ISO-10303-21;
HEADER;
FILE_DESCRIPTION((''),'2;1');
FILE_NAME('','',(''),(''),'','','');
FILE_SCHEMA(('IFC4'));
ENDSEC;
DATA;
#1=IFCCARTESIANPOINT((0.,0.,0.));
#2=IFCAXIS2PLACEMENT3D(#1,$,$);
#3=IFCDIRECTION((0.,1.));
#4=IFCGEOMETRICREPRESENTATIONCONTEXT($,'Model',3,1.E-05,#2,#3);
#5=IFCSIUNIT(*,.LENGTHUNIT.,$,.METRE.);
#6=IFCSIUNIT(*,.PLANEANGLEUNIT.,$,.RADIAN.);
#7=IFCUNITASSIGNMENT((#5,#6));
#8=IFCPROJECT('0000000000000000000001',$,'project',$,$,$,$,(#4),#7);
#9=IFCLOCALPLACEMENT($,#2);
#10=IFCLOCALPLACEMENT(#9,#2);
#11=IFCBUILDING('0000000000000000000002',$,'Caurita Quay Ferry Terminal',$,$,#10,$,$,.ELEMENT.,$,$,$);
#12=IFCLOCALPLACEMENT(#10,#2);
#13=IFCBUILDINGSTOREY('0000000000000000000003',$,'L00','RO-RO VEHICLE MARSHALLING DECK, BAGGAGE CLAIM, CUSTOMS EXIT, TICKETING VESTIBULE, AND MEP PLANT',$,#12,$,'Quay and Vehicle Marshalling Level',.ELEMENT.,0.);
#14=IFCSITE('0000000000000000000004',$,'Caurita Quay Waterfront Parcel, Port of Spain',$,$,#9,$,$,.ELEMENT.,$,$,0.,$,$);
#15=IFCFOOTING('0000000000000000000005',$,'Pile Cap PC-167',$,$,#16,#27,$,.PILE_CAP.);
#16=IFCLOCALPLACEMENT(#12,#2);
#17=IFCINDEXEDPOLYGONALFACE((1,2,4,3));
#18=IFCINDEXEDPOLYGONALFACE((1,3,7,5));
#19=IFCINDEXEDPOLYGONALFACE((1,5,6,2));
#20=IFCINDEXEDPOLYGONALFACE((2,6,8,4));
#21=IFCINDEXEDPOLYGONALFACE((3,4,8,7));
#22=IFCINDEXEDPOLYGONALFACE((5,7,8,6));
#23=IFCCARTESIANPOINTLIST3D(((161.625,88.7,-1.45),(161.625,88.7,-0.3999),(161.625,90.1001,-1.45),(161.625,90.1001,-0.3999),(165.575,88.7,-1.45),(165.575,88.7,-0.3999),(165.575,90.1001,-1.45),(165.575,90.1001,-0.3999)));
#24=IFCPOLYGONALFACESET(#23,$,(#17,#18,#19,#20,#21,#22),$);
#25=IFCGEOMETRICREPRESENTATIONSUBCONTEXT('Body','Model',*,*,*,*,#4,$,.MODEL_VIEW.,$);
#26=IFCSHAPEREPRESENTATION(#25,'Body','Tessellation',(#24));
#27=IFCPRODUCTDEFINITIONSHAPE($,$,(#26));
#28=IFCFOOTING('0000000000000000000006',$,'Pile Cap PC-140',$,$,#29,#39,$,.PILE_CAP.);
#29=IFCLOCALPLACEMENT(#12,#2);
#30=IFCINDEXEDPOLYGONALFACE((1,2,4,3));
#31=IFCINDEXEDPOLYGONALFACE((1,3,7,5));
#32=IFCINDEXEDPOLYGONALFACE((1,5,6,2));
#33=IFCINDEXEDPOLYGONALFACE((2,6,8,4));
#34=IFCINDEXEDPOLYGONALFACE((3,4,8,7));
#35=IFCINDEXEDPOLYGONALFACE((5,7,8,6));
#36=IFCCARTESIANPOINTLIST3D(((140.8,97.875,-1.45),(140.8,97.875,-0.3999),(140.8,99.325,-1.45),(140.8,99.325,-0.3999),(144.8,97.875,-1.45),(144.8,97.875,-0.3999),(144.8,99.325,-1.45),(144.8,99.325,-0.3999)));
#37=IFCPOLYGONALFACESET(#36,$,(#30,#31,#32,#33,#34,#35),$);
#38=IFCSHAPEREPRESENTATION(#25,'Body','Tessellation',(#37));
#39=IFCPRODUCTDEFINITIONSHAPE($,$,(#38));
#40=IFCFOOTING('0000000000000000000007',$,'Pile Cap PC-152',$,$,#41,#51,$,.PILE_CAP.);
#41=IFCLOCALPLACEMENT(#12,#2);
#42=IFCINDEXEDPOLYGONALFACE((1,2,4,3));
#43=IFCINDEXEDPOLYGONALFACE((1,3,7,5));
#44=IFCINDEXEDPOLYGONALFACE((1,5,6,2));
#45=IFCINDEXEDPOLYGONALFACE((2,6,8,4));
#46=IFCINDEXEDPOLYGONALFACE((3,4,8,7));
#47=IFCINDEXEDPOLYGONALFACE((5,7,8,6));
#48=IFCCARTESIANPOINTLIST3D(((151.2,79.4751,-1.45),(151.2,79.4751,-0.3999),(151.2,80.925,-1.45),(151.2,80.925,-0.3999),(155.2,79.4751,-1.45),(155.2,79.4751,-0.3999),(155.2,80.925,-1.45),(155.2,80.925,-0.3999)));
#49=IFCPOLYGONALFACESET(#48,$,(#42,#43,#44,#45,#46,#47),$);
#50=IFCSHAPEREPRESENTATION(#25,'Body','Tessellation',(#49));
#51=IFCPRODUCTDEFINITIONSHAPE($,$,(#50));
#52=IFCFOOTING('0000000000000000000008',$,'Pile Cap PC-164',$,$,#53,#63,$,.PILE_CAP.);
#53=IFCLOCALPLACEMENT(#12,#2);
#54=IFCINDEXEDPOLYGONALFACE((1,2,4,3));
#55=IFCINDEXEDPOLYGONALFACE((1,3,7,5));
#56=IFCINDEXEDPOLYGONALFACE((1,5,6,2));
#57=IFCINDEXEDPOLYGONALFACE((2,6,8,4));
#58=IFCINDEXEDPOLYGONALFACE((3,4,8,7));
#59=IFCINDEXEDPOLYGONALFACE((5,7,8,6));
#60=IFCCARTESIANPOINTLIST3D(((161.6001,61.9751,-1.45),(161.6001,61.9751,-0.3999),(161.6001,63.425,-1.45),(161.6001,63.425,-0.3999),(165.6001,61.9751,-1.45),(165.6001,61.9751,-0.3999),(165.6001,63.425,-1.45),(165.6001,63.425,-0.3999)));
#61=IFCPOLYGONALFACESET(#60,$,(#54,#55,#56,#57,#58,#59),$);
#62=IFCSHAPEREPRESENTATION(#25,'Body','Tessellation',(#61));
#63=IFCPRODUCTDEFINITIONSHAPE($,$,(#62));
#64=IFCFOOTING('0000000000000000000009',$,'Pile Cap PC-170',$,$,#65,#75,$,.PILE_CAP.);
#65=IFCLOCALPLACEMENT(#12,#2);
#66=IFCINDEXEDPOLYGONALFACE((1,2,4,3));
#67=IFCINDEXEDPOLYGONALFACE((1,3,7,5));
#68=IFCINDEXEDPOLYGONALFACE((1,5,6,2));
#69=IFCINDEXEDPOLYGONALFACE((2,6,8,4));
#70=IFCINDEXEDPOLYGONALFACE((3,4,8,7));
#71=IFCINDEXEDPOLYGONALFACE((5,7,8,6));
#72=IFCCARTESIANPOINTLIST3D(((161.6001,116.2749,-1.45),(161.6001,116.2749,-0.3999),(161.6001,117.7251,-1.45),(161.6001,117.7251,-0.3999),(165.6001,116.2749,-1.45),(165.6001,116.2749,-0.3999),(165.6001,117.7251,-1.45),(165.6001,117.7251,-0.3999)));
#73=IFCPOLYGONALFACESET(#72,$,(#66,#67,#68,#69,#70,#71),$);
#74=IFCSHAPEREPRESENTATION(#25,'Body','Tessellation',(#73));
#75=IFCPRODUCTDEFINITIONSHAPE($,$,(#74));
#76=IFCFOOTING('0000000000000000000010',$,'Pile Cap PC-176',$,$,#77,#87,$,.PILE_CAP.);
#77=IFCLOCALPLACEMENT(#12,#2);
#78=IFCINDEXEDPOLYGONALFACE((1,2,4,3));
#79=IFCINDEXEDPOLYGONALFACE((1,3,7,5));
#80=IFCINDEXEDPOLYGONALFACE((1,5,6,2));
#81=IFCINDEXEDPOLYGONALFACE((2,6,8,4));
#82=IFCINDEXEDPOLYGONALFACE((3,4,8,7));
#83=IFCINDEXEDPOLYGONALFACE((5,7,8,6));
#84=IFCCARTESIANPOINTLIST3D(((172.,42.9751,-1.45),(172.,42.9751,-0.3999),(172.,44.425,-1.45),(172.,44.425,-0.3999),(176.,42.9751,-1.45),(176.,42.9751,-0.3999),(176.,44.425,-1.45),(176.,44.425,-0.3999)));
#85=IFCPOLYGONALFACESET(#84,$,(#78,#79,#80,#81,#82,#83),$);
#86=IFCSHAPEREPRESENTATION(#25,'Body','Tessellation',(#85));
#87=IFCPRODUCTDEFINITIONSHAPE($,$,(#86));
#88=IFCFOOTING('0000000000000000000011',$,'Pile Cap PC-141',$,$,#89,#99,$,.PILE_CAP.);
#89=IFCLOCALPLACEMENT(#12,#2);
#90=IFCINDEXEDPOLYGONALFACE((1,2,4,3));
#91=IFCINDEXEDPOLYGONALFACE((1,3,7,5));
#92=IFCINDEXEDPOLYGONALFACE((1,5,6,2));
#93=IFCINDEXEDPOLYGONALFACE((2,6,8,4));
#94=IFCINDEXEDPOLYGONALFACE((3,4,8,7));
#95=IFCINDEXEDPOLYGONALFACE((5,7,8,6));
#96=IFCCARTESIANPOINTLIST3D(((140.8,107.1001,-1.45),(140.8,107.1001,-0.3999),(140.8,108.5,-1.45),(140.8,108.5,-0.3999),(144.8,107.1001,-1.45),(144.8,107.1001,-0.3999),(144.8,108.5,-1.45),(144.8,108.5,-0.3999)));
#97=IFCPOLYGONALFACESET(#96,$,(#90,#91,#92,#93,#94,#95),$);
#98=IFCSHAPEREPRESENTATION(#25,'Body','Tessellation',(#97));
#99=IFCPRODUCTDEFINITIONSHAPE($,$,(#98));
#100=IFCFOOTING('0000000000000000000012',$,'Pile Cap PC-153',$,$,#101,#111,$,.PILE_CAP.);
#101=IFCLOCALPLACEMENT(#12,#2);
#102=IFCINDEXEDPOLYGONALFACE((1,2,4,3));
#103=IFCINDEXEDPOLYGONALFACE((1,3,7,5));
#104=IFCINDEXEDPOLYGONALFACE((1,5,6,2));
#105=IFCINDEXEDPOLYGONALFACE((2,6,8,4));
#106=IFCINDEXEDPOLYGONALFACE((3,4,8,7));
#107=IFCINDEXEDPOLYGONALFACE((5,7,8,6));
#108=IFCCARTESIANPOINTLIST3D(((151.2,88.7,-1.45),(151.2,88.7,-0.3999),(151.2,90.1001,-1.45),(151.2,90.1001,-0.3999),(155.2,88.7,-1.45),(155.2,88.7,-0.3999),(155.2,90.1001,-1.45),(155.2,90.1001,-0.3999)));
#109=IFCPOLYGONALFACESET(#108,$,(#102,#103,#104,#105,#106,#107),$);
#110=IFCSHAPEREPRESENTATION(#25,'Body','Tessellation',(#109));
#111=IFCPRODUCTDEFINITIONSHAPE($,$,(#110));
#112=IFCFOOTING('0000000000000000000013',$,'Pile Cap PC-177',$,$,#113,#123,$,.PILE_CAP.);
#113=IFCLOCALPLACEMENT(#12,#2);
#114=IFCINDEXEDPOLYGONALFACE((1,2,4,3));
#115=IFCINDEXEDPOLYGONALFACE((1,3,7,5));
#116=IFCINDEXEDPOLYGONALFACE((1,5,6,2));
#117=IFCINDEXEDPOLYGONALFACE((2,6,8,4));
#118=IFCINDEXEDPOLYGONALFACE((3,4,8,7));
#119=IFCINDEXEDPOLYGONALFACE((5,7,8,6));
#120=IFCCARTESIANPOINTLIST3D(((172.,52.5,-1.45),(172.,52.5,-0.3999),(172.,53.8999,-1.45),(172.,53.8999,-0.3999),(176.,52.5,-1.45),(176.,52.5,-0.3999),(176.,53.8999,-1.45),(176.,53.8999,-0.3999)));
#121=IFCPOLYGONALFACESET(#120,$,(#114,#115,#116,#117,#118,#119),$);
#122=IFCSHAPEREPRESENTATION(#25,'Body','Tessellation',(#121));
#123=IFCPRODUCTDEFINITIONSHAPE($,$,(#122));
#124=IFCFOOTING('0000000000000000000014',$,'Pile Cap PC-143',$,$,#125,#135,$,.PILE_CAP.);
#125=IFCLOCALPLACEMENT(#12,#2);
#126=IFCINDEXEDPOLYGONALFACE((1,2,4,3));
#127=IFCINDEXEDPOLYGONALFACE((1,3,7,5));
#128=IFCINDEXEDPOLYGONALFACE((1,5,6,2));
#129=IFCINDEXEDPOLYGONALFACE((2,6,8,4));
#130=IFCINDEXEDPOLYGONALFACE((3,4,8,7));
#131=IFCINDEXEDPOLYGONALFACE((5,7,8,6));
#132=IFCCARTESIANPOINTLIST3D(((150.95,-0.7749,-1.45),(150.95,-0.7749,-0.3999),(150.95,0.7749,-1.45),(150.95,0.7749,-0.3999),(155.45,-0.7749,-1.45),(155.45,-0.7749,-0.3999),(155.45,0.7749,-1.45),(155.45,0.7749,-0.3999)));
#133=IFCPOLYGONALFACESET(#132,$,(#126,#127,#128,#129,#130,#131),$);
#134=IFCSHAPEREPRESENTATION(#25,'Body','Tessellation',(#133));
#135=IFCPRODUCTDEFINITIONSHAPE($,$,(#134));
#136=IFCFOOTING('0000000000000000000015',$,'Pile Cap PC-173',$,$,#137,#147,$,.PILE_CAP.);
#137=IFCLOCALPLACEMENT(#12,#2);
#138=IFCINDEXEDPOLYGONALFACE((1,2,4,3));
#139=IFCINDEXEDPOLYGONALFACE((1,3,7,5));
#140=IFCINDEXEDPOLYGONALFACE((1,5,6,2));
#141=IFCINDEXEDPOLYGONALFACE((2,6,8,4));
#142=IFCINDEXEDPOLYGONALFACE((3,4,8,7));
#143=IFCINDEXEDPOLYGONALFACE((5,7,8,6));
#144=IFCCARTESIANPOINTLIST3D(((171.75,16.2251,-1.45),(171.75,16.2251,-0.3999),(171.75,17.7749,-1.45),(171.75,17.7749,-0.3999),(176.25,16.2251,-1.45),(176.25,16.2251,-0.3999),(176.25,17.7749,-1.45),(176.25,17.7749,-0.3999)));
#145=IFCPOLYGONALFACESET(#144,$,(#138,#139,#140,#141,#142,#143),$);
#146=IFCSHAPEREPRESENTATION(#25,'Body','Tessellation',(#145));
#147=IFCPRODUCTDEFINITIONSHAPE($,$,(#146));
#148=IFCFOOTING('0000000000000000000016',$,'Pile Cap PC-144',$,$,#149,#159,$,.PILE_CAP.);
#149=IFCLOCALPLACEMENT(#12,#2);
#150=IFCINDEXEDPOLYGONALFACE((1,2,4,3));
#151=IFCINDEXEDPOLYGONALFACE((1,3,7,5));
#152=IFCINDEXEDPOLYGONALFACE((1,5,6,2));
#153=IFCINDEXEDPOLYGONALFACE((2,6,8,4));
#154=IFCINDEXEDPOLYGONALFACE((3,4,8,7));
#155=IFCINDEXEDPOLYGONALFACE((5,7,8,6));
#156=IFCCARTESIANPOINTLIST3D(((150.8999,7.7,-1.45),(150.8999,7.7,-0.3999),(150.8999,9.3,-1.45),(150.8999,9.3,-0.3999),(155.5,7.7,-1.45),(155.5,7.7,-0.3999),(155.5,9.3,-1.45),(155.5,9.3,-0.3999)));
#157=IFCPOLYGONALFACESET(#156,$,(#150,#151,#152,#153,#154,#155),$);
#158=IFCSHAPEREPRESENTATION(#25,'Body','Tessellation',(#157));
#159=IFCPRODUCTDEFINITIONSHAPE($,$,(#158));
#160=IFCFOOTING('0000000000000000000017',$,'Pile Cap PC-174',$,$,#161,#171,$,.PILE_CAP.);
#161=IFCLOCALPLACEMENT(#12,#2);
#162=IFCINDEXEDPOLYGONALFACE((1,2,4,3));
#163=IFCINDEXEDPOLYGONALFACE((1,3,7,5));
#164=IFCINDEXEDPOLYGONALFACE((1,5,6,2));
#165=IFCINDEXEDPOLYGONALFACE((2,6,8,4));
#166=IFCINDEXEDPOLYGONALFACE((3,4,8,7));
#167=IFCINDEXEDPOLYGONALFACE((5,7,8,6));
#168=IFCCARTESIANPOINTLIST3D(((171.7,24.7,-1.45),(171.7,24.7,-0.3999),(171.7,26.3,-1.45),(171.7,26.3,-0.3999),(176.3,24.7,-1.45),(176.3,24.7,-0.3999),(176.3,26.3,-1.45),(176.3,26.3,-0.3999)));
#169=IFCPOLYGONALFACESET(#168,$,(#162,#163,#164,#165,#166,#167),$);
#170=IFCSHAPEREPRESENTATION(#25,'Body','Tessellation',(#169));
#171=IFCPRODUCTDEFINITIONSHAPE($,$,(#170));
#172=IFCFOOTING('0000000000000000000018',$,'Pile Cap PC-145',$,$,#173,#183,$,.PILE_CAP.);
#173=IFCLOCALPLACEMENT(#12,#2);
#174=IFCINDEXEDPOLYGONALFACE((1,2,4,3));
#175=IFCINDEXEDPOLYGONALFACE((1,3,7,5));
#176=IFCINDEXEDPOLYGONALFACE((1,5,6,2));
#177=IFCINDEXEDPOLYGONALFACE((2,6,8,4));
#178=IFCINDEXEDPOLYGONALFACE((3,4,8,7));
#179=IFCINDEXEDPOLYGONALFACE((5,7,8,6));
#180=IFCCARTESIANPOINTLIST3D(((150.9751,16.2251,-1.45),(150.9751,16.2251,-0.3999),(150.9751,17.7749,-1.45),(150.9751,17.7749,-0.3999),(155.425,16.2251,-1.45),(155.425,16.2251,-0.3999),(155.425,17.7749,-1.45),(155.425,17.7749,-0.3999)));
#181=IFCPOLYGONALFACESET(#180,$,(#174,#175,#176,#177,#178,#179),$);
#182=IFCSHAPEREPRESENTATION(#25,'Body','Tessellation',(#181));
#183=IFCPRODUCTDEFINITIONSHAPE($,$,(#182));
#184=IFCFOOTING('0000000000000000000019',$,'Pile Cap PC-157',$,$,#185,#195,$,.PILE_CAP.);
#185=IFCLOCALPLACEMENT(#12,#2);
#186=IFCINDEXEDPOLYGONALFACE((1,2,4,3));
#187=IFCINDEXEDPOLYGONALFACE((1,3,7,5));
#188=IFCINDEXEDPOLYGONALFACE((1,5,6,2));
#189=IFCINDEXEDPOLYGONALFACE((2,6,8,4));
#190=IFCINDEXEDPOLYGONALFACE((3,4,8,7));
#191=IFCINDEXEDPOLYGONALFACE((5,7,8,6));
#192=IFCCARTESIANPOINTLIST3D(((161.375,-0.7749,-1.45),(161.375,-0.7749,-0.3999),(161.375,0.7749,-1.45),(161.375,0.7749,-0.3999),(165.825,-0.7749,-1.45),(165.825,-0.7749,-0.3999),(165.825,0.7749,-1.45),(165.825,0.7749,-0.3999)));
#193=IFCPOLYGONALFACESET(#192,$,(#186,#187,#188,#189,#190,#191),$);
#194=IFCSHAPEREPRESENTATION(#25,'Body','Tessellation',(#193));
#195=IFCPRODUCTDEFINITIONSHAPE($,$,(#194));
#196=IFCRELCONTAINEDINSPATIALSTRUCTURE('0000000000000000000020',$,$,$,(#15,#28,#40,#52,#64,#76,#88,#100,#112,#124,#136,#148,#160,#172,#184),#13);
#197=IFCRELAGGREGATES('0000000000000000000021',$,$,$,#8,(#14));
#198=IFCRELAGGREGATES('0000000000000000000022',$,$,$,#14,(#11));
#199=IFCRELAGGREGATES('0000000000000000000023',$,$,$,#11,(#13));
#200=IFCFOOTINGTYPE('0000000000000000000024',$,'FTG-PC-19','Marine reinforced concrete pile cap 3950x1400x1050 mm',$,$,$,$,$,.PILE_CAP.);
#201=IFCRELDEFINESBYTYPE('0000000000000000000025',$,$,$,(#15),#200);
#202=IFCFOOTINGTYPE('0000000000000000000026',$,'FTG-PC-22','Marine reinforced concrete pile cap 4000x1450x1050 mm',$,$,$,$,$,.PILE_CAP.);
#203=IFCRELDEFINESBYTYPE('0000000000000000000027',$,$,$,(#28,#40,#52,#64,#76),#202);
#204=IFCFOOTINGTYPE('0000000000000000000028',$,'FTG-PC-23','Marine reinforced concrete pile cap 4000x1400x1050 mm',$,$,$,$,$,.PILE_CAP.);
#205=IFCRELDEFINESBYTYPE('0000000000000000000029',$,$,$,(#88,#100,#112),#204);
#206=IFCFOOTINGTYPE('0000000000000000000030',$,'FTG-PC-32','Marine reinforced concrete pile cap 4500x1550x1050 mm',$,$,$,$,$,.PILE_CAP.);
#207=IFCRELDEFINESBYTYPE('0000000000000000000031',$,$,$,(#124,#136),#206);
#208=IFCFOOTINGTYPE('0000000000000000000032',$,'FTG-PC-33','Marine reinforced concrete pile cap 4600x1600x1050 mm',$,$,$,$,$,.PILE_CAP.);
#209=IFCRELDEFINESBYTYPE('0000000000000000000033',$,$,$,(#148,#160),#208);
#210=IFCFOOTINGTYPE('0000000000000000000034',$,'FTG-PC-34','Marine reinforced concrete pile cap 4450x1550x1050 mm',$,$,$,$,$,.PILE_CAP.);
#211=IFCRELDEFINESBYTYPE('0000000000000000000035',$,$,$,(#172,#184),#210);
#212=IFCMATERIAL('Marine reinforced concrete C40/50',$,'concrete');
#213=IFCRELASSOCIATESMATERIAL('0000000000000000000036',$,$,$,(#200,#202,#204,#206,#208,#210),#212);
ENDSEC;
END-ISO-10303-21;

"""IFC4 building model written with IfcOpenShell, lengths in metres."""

from ifc_helpers import new_model, si_unit, direction, frame, origin, place, context, subcontext, project, spatial, polyline, outline, extrude, material, type_object, element, save


model = new_model("IFC4")

# Units and contexts
model_context = context("Model", 3, precision=1e-05, world=origin(), true_north=direction((0.0, 1.0)))
body_context = subcontext(model_context, "Body", "Model", "MODEL_VIEW")
ifc_project = project(units=[si_unit("LENGTHUNIT", "METRE"), si_unit("PLANEANGLEUNIT", "RADIAN")], contexts=[model_context])

# Site, building, storey
site_placement = place(None, origin())
site = spatial("IfcSite", under=ifc_project, at=site_placement, Name="Caurita Quay Waterfront Parcel, Port of Spain", CompositionType="ELEMENT", RefElevation=0.0)
building_placement = place(site_placement, origin())
building = spatial("IfcBuilding", under=site, at=building_placement, Name="Caurita Quay Ferry Terminal", CompositionType="ELEMENT")
storey_placement = place(building_placement, origin())
storey = spatial("IfcBuildingStorey", under=building, at=storey_placement, Name="L00", Description="RO-RO VEHICLE MARSHALLING DECK, BAGGAGE CLAIM, CUSTOMS EXIT, TICKETING VESTIBULE, AND MEP PLANT", LongName="Quay and Vehicle Marshalling Level", CompositionType="ELEMENT", Elevation=0.0)

# Footings
ifc_material = material(Name="Marine reinforced concrete C40/50", Category="concrete")
footing_type_1 = type_object("IfcFootingType", Name="FTG-PC-19", Description="Marine reinforced concrete pile cap 3950x1400x1050 mm", PredefinedType="PILE_CAP", material=ifc_material)
footing_1_placement = place(storey_placement, frame((0.0, 0.0, -1.45)))
element("IfcFooting", 1, at=footing_1_placement, inside=storey, type_object=footing_type_1, Name="Pile Cap PC-167", PredefinedType="PILE_CAP", context=body_context, shape_type="SweptSolid", body=[
    extrude(outline(polyline([(161.625, 88.7), (165.575, 88.7), (165.575, 90.1001), (161.625, 90.1001), (161.625, 88.7)])), origin(), (0.0, 0.0, 1.0), 1.05),
])
footing_type_2 = type_object("IfcFootingType", Name="FTG-PC-22", Description="Marine reinforced concrete pile cap 4000x1450x1050 mm", PredefinedType="PILE_CAP", material=ifc_material)
footing_2_placement = place(storey_placement, frame((0.0, 0.0, -1.45)))
element("IfcFooting", 2, at=footing_2_placement, inside=storey, type_object=footing_type_2, Name="Pile Cap PC-140", PredefinedType="PILE_CAP", context=body_context, shape_type="SweptSolid", body=[
    extrude(outline(polyline([(140.8, 97.875), (144.8, 97.875), (144.8, 99.325), (140.8, 99.325), (140.8, 97.875)])), origin(), (0.0, 0.0, 1.0), 1.05),
])
footing_3_placement = place(storey_placement, frame((0.0, 0.0, -1.45)))
element("IfcFooting", 3, at=footing_3_placement, inside=storey, type_object=footing_type_2, Name="Pile Cap PC-152", PredefinedType="PILE_CAP", context=body_context, shape_type="SweptSolid", body=[
    extrude(outline(polyline([(151.2, 79.4751), (155.2, 79.4751), (155.2, 80.925), (151.2, 80.925), (151.2, 79.4751)])), origin(), (0.0, 0.0, 1.0), 1.05),
])
footing_4_placement = place(storey_placement, frame((0.0, 0.0, -1.45)))
element("IfcFooting", 4, at=footing_4_placement, inside=storey, type_object=footing_type_2, Name="Pile Cap PC-164", PredefinedType="PILE_CAP", context=body_context, shape_type="SweptSolid", body=[
    extrude(outline(polyline([(161.6001, 61.9751), (165.6001, 61.9751), (165.6001, 63.425), (161.6001, 63.425), (161.6001, 61.9751)])), origin(), (0.0, 0.0, 1.0), 1.05),
])
footing_5_placement = place(storey_placement, frame((0.0, 0.0, -1.45)))
element("IfcFooting", 5, at=footing_5_placement, inside=storey, type_object=footing_type_2, Name="Pile Cap PC-170", PredefinedType="PILE_CAP", context=body_context, shape_type="SweptSolid", body=[
    extrude(outline(polyline([(161.6001, 116.2749), (165.6001, 116.2749), (165.6001, 117.7251), (161.6001, 117.7251), (161.6001, 116.2749)])), origin(), (0.0, 0.0, 1.0), 1.05),
])
footing_6_placement = place(storey_placement, frame((0.0, 0.0, -1.45)))
element("IfcFooting", 6, at=footing_6_placement, inside=storey, type_object=footing_type_2, Name="Pile Cap PC-176", PredefinedType="PILE_CAP", context=body_context, shape_type="SweptSolid", body=[
    extrude(outline(polyline([(172.0, 42.9751), (176.0, 42.9751), (176.0, 44.425), (172.0, 44.425), (172.0, 42.9751)])), origin(), (0.0, 0.0, 1.0), 1.05),
])
footing_type_3 = type_object("IfcFootingType", Name="FTG-PC-23", Description="Marine reinforced concrete pile cap 4000x1400x1050 mm", PredefinedType="PILE_CAP", material=ifc_material)
footing_7_placement = place(storey_placement, frame((0.0, 0.0, -1.45)))
element("IfcFooting", 7, at=footing_7_placement, inside=storey, type_object=footing_type_3, Name="Pile Cap PC-141", PredefinedType="PILE_CAP", context=body_context, shape_type="SweptSolid", body=[
    extrude(outline(polyline([(140.8, 107.1001), (144.8, 107.1001), (144.8, 108.5), (140.8, 108.5), (140.8, 107.1001)])), origin(), (0.0, 0.0, 1.0), 1.05),
])
footing_8_placement = place(storey_placement, frame((0.0, 0.0, -1.45)))
element("IfcFooting", 8, at=footing_8_placement, inside=storey, type_object=footing_type_3, Name="Pile Cap PC-153", PredefinedType="PILE_CAP", context=body_context, shape_type="SweptSolid", body=[
    extrude(outline(polyline([(151.2, 88.7), (155.2, 88.7), (155.2, 90.1001), (151.2, 90.1001), (151.2, 88.7)])), origin(), (0.0, 0.0, 1.0), 1.05),
])
footing_9_placement = place(storey_placement, frame((0.0, 0.0, -1.45)))
element("IfcFooting", 9, at=footing_9_placement, inside=storey, type_object=footing_type_3, Name="Pile Cap PC-177", PredefinedType="PILE_CAP", context=body_context, shape_type="SweptSolid", body=[
    extrude(outline(polyline([(172.0, 52.5), (176.0, 52.5), (176.0, 53.8999), (172.0, 53.8999), (172.0, 52.5)])), origin(), (0.0, 0.0, 1.0), 1.05),
])
footing_type_4 = type_object("IfcFootingType", Name="FTG-PC-32", Description="Marine reinforced concrete pile cap 4500x1550x1050 mm", PredefinedType="PILE_CAP", material=ifc_material)
footing_10_placement = place(storey_placement, frame((0.0, 0.0, -1.45)))
element("IfcFooting", 10, at=footing_10_placement, inside=storey, type_object=footing_type_4, Name="Pile Cap PC-143", PredefinedType="PILE_CAP", context=body_context, shape_type="SweptSolid", body=[
    extrude(outline(polyline([(150.95, -0.7749), (155.45, -0.7749), (155.45, 0.7749), (150.95, 0.7749), (150.95, -0.7749)])), origin(), (0.0, 0.0, 1.0), 1.05),
])
footing_11_placement = place(storey_placement, frame((0.0, 0.0, -1.45)))
element("IfcFooting", 11, at=footing_11_placement, inside=storey, type_object=footing_type_4, Name="Pile Cap PC-173", PredefinedType="PILE_CAP", context=body_context, shape_type="SweptSolid", body=[
    extrude(outline(polyline([(171.75, 16.2251), (176.25, 16.2251), (176.25, 17.7749), (171.75, 17.7749), (171.75, 16.2251)])), origin(), (0.0, 0.0, 1.0), 1.05),
])
footing_type_5 = type_object("IfcFootingType", Name="FTG-PC-33", Description="Marine reinforced concrete pile cap 4600x1600x1050 mm", PredefinedType="PILE_CAP", material=ifc_material)
footing_12_placement = place(storey_placement, frame((0.0, 0.0, -1.45)))
element("IfcFooting", 12, at=footing_12_placement, inside=storey, type_object=footing_type_5, Name="Pile Cap PC-144", PredefinedType="PILE_CAP", context=body_context, shape_type="SweptSolid", body=[
    extrude(outline(polyline([(150.8999, 7.7), (155.5, 7.7), (155.5, 9.3), (150.8999, 9.3), (150.8999, 7.7)])), origin(), (0.0, 0.0, 1.0), 1.05),
])
footing_13_placement = place(storey_placement, frame((0.0, 0.0, -1.45)))
element("IfcFooting", 13, at=footing_13_placement, inside=storey, type_object=footing_type_5, Name="Pile Cap PC-174", PredefinedType="PILE_CAP", context=body_context, shape_type="SweptSolid", body=[
    extrude(outline(polyline([(171.7, 24.7), (176.3, 24.7), (176.3, 26.3), (171.7, 26.3), (171.7, 24.7)])), origin(), (0.0, 0.0, 1.0), 1.05),
])
footing_type_6 = type_object("IfcFootingType", Name="FTG-PC-34", Description="Marine reinforced concrete pile cap 4450x1550x1050 mm", PredefinedType="PILE_CAP", material=ifc_material)
footing_14_placement = place(storey_placement, frame((0.0, 0.0, -1.45)))
element("IfcFooting", 14, at=footing_14_placement, inside=storey, type_object=footing_type_6, Name="Pile Cap PC-145", PredefinedType="PILE_CAP", context=body_context, shape_type="SweptSolid", body=[
    extrude(outline(polyline([(150.9751, 16.2251), (155.425, 16.2251), (155.425, 17.7749), (150.9751, 17.7749), (150.9751, 16.2251)])), origin(), (0.0, 0.0, 1.0), 1.05),
])
footing_15_placement = place(storey_placement, frame((0.0, 0.0, -1.45)))
element("IfcFooting", 15, at=footing_15_placement, inside=storey, type_object=footing_type_6, Name="Pile Cap PC-157", PredefinedType="PILE_CAP", context=body_context, shape_type="SweptSolid", body=[
    extrude(outline(polyline([(161.375, -0.7749), (165.825, -0.7749), (165.825, 0.7749), (161.375, 0.7749), (161.375, -0.7749)])), origin(), (0.0, 0.0, 1.0), 1.05),
])

save(model, "model.ifc")
